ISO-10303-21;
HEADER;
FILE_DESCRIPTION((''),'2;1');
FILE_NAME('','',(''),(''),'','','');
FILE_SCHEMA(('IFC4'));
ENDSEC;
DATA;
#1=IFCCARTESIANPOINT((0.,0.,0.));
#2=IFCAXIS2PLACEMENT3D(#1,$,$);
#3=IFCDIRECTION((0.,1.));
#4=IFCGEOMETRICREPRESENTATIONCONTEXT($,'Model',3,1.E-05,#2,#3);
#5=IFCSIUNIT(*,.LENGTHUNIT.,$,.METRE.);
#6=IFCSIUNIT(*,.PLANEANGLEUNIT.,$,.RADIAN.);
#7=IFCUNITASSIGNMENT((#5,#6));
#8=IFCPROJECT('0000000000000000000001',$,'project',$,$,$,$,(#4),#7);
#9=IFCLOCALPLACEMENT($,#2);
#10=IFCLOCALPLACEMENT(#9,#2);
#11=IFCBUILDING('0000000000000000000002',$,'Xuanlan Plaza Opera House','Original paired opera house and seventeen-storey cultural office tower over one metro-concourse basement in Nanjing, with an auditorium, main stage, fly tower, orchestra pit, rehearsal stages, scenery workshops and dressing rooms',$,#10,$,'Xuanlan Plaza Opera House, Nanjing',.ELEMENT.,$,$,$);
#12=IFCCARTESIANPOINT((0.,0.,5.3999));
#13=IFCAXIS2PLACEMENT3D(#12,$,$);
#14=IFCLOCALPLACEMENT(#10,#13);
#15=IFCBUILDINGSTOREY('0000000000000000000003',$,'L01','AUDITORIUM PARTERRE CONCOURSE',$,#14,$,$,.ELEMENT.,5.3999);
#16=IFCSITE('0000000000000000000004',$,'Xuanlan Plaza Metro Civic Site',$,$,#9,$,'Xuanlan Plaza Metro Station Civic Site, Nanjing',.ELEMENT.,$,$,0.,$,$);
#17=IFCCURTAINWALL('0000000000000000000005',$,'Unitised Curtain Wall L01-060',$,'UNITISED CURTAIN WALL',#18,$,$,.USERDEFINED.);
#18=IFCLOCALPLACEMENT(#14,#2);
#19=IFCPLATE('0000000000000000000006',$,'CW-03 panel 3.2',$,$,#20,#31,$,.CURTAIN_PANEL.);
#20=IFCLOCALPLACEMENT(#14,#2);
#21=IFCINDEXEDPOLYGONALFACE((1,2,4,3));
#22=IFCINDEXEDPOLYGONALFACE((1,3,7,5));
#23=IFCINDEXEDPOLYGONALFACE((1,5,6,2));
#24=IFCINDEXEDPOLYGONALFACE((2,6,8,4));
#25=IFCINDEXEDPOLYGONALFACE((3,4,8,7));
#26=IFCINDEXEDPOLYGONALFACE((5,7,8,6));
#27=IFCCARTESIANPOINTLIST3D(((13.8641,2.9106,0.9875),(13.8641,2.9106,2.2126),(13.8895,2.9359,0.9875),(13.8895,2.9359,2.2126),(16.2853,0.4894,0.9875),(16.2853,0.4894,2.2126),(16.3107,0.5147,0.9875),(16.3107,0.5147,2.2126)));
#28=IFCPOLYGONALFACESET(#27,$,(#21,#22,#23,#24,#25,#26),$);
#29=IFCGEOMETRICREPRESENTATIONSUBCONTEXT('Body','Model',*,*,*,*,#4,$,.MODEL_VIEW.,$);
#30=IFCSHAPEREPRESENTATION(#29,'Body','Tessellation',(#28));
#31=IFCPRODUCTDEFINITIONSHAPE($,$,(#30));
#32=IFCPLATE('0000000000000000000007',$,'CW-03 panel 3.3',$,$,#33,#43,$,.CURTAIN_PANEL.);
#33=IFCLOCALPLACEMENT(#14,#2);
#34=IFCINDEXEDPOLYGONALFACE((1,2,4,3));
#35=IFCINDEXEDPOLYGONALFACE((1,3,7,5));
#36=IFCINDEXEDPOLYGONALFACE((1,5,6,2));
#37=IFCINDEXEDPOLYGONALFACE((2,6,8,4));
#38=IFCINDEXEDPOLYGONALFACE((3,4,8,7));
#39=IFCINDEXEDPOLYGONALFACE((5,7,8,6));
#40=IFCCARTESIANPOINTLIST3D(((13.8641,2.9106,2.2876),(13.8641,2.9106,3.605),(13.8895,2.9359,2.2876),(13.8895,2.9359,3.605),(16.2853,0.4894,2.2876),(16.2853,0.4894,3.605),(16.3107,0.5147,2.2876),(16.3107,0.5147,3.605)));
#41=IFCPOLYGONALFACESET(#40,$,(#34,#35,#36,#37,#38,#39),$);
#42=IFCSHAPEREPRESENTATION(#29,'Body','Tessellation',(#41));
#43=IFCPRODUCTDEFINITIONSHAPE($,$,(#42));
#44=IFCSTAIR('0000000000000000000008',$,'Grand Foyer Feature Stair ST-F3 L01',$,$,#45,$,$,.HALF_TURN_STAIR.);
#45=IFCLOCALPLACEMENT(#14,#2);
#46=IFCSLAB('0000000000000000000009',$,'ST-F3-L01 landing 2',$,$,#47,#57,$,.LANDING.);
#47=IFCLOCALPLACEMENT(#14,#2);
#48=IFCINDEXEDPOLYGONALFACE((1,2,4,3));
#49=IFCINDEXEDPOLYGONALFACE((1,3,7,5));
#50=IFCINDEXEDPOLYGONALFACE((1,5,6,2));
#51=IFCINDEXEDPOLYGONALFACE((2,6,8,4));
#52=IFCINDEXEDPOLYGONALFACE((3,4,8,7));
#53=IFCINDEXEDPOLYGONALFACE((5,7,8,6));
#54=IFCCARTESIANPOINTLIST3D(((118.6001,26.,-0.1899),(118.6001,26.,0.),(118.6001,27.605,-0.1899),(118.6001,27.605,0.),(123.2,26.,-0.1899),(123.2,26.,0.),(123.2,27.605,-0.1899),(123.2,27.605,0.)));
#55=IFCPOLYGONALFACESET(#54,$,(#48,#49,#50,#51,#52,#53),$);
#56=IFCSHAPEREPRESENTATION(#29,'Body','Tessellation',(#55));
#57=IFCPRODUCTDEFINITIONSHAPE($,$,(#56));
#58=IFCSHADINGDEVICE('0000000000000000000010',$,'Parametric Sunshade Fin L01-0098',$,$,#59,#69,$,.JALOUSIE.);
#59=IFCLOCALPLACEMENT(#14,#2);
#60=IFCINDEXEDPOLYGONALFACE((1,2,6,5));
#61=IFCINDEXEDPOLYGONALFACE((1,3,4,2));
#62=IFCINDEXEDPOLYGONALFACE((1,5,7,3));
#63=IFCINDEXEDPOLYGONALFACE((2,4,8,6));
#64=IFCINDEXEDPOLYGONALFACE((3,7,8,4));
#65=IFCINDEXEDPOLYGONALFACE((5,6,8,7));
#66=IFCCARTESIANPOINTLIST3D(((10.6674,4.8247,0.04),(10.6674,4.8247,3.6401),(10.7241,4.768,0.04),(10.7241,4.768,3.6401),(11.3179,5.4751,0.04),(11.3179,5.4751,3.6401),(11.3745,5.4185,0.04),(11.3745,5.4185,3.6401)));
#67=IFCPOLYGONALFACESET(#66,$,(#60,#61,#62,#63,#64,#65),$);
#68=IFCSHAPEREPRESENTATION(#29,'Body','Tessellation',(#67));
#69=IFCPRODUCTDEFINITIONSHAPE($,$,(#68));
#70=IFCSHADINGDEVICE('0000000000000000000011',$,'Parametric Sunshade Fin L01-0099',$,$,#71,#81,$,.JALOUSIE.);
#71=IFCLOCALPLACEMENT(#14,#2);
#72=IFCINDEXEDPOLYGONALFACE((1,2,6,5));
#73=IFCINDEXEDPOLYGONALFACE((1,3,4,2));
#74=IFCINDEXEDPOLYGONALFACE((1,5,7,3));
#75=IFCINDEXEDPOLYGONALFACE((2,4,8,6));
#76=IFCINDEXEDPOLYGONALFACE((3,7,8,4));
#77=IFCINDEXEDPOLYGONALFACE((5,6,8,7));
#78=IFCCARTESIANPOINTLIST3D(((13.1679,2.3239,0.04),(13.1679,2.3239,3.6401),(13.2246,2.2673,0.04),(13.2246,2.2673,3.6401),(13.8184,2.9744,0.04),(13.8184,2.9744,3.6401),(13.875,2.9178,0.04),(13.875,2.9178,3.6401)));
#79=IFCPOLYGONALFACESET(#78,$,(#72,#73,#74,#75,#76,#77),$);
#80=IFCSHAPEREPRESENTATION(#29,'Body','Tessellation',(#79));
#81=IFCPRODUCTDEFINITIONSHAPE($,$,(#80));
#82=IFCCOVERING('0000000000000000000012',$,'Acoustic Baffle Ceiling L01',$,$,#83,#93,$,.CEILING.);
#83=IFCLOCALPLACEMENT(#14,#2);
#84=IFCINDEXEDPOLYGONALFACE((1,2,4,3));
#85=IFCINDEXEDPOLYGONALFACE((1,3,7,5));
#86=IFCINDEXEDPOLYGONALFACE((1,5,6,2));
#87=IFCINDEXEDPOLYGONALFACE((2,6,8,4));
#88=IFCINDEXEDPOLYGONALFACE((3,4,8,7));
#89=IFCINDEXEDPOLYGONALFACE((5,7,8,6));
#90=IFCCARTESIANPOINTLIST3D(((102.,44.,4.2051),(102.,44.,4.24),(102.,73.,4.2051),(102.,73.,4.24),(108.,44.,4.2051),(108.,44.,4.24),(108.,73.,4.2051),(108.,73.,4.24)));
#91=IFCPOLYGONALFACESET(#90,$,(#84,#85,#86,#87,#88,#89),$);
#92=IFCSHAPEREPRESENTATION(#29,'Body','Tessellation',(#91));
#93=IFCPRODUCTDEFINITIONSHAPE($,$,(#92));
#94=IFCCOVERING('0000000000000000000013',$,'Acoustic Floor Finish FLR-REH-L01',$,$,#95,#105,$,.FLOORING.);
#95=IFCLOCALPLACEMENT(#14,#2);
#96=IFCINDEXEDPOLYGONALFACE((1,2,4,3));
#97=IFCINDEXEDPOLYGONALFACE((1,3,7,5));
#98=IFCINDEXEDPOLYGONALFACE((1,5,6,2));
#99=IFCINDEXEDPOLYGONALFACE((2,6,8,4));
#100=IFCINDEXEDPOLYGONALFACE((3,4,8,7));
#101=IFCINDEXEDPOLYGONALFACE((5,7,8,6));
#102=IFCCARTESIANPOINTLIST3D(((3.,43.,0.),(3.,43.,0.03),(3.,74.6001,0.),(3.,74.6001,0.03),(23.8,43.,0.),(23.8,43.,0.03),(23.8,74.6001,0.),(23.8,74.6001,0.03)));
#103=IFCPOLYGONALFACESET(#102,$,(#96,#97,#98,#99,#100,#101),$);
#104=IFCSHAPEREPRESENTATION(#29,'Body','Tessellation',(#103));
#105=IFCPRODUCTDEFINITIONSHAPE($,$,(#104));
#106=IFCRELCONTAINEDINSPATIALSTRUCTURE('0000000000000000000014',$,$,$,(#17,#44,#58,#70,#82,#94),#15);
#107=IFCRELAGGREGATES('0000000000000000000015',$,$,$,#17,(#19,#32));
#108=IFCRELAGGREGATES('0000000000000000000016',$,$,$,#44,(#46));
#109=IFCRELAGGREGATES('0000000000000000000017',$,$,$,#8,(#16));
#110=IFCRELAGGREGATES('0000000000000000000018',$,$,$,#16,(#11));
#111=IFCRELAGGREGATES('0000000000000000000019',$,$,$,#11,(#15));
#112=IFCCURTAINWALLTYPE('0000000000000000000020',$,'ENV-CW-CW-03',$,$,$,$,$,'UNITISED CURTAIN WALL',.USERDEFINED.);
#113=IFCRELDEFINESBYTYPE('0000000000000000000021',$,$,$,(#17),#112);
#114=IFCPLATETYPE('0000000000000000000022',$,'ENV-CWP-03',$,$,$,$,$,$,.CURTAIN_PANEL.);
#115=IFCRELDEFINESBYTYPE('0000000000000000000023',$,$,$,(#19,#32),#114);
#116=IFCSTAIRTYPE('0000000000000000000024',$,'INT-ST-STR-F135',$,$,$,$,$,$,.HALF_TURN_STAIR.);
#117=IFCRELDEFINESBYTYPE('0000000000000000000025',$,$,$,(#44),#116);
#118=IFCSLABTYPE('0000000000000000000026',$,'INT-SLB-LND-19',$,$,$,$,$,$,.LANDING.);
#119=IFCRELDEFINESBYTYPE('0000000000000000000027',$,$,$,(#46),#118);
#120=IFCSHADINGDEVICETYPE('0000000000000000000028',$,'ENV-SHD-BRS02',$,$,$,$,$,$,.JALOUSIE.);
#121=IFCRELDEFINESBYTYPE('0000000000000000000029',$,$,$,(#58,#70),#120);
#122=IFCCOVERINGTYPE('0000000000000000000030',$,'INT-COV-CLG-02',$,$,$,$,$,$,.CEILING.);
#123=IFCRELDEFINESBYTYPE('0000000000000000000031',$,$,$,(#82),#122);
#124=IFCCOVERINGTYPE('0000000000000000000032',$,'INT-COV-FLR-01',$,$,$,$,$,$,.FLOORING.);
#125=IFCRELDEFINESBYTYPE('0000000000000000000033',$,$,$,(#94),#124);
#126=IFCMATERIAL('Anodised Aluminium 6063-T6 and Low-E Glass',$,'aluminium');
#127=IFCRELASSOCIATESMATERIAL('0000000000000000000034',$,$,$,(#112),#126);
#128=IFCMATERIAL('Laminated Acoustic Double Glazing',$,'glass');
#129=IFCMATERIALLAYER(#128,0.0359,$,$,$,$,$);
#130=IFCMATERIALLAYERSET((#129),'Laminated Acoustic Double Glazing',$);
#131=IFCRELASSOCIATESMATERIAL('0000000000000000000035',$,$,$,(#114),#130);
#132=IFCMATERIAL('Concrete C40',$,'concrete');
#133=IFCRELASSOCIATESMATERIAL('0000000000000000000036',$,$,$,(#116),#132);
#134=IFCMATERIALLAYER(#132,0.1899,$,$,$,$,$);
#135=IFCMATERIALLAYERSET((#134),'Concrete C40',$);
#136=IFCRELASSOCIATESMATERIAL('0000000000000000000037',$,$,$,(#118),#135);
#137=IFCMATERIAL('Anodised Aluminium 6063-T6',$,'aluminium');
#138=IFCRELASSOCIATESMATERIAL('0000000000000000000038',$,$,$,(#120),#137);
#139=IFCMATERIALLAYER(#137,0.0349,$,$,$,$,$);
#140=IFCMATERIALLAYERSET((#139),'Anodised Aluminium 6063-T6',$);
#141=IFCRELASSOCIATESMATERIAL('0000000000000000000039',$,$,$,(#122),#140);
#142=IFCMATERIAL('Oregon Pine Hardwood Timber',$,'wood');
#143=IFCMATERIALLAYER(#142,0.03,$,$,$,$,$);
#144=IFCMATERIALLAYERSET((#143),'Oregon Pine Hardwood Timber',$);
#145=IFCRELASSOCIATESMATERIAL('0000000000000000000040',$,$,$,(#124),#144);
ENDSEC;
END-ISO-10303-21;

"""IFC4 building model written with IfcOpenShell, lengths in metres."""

from ifc_helpers import new_model, si_unit, direction, frame, origin, origin_2d, place, context, subcontext, project, spatial, polyline, rectangle, outline, extrude, material, layer, layer_set, type_object, element, aggregate, save


model = new_model("IFC4")

# Units and contexts
model_context = context("Model", 3, precision=1e-05, world=origin(), true_north=direction((0.0, 1.0)))
body_context = subcontext(model_context, "Body", "Model", "MODEL_VIEW")
ifc_project = project(units=[si_unit("LENGTHUNIT", "METRE"), si_unit("PLANEANGLEUNIT", "RADIAN")], contexts=[model_context])

# Site, building, storey
site_placement = place(None, origin())
site = spatial("IfcSite", under=ifc_project, at=site_placement, Name="Xuanlan Plaza Metro Civic Site", LongName="Xuanlan Plaza Metro Station Civic Site, Nanjing", CompositionType="ELEMENT", RefElevation=0.0)
building_placement = place(site_placement, origin())
building = spatial("IfcBuilding", under=site, at=building_placement, Name="Xuanlan Plaza Opera House", Description="Original paired opera house and seventeen-storey cultural office tower over one metro-concourse basement in Nanjing, with an auditorium, main stage, fly tower, orchestra pit, rehearsal stages, scenery workshops and dressing rooms", LongName="Xuanlan Plaza Opera House, Nanjing", CompositionType="ELEMENT")
storey_placement = place(building_placement, frame((0.0, 0.0, 5.3999)))
storey = spatial("IfcBuildingStorey", under=building, at=storey_placement, Name="L01", Description="AUDITORIUM PARTERRE CONCOURSE", CompositionType="ELEMENT", Elevation=5.3999)

# Shared definitions
ifc_material_1 = material(Name="Concrete C40", Category="concrete")

# Curtain wall
ifc_material_2 = material(Name="Anodised Aluminium 6063-T6 and Low-E Glass", Category="aluminium")
curtain_wall_type = type_object("IfcCurtainWallType", Name="ENV-CW-CW-03", ElementType="UNITISED CURTAIN WALL", PredefinedType="USERDEFINED", material=ifc_material_2)
curtain_wall_placement = place(storey_placement, origin())
curtain_wall = element("IfcCurtainWall", 1, at=curtain_wall_placement, inside=storey, type_object=curtain_wall_type, Name="Unitised Curtain Wall L01-060", ObjectType="UNITISED CURTAIN WALL", PredefinedType="USERDEFINED")
ifc_material_3 = material(Name="Anodised Aluminium 6063-T6", Category="aluminium")

# Plates
ifc_material_4 = material(Name="Laminated Acoustic Double Glazing", Category="glass")
ifc_layer_1 = layer(ifc_material_4, 0.0359)
ifc_layer_set_1 = layer_set([ifc_layer_1], Name="Laminated Acoustic Double Glazing")
plate_type = type_object("IfcPlateType", Name="ENV-CWP-03", PredefinedType="CURTAIN_PANEL", material=ifc_layer_set_1)
plate_1_placement = place(storey_placement, frame((15.0874, 1.7126, 0.9875), z_axis=(0.0, 0.0, 1.0), x_axis=(0.707107, -0.707107, 0.0)))
plate_1 = element("IfcPlate", 2, at=plate_1_placement, type_object=plate_type, Name="CW-03 panel 3.2", PredefinedType="CURTAIN_PANEL", context=body_context, shape_type="SweptSolid", body=[
    extrude(rectangle(XDim=3.4241, YDim=0.0359, at=origin_2d()), origin(), (0.0, 0.0, 1.0), 1.2251),
])
plate_2_placement = place(storey_placement, frame((15.0874, 1.7126, 2.2876), z_axis=(0.0, 0.0, 1.0), x_axis=(0.707107, -0.707107, 0.0)))
plate_2 = element("IfcPlate", 3, at=plate_2_placement, type_object=plate_type, Name="CW-03 panel 3.3", PredefinedType="CURTAIN_PANEL", context=body_context, shape_type="SweptSolid", body=[
    extrude(rectangle(XDim=3.4241, YDim=0.0359, at=origin_2d()), origin(), (0.0, 0.0, 1.0), 1.3174),
])
aggregate(curtain_wall, [plate_1, plate_2])

# Stair, slab
stair_type = type_object("IfcStairType", Name="INT-ST-STR-F135", PredefinedType="HALF_TURN_STAIR", material=ifc_material_1)
stair_placement = place(storey_placement, origin())
stair = element("IfcStair", 4, at=stair_placement, inside=storey, type_object=stair_type, Name="Grand Foyer Feature Stair ST-F3 L01", PredefinedType="HALF_TURN_STAIR")
ifc_layer_2 = layer(ifc_material_1, 0.1899)
ifc_layer_set_2 = layer_set([ifc_layer_2], Name="Concrete C40")
slab_type = type_object("IfcSlabType", Name="INT-SLB-LND-19", PredefinedType="LANDING", material=ifc_layer_set_2)
slab_placement = place(storey_placement, frame((0.0, 0.0, -0.1899)))
slab = element("IfcSlab", 5, at=slab_placement, type_object=slab_type, Name="ST-F3-L01 landing 2", PredefinedType="LANDING", context=body_context, shape_type="SweptSolid", body=[
    extrude(outline(polyline([(118.6001, 26.0), (123.2, 26.0), (123.2, 27.605), (118.6001, 27.605), (118.6001, 26.0)])), origin(), (0.0, 0.0, 1.0), 0.1899),
])
aggregate(stair, [slab])

# Shading devices
shading_device_type = type_object("IfcShadingDeviceType", Name="ENV-SHD-BRS02", PredefinedType="JALOUSIE", material=ifc_material_3)
for number, where, z_axis, x_axis, name in (
    (6, (11.021, 5.1216, 0.04), (0.0, 0.0, 1.0), (-0.707107, -0.707107, 0.0), "Parametric Sunshade Fin L01-0098"),
    (7, (13.5215, 2.6208, 0.04), (0.0, 0.0, 1.0), (-0.707107, -0.707107, 0.0), "Parametric Sunshade Fin L01-0099"),
):
    element("IfcShadingDevice", number, at=place(storey_placement, frame(where, z_axis=z_axis, x_axis=x_axis)), inside=storey, type_object=shading_device_type, Name=name, PredefinedType="JALOUSIE", context=body_context, shape_type="SweptSolid", body=[
        extrude(rectangle(XDim=0.9199, YDim=0.0801, at=origin_2d()), origin(), (0.0, 0.0, 1.0), 3.6001),
    ])

# Coverings
ifc_layer_3 = layer(ifc_material_3, 0.0349)
ifc_layer_set_3 = layer_set([ifc_layer_3], Name="Anodised Aluminium 6063-T6")
covering_type_1 = type_object("IfcCoveringType", Name="INT-COV-CLG-02", PredefinedType="CEILING", material=ifc_layer_set_3)
covering_1_placement = place(storey_placement, frame((0.0, 0.0, 4.2051)))
element("IfcCovering", 8, at=covering_1_placement, inside=storey, type_object=covering_type_1, Name="Acoustic Baffle Ceiling L01", PredefinedType="CEILING", context=body_context, shape_type="SweptSolid", body=[
    extrude(outline(polyline([(102.0, 44.0), (108.0, 44.0), (108.0, 73.0), (102.0, 73.0), (102.0, 44.0)])), origin(), (0.0, 0.0, 1.0), 0.0349),
])
ifc_material_5 = material(Name="Oregon Pine Hardwood Timber", Category="wood")
ifc_layer_4 = layer(ifc_material_5, 0.03)
ifc_layer_set_4 = layer_set([ifc_layer_4], Name="Oregon Pine Hardwood Timber")
covering_type_2 = type_object("IfcCoveringType", Name="INT-COV-FLR-01", PredefinedType="FLOORING", material=ifc_layer_set_4)
covering_2_placement = place(storey_placement, origin())
element("IfcCovering", 9, at=covering_2_placement, inside=storey, type_object=covering_type_2, Name="Acoustic Floor Finish FLR-REH-L01", PredefinedType="FLOORING", context=body_context, shape_type="SweptSolid", body=[
    extrude(outline(polyline([(3.0, 43.0), (23.8, 43.0), (23.8, 74.6001), (3.0, 74.6001), (3.0, 43.0)])), origin(), (0.0, 0.0, 1.0), 0.03),
])

save(model, "model.ifc")
